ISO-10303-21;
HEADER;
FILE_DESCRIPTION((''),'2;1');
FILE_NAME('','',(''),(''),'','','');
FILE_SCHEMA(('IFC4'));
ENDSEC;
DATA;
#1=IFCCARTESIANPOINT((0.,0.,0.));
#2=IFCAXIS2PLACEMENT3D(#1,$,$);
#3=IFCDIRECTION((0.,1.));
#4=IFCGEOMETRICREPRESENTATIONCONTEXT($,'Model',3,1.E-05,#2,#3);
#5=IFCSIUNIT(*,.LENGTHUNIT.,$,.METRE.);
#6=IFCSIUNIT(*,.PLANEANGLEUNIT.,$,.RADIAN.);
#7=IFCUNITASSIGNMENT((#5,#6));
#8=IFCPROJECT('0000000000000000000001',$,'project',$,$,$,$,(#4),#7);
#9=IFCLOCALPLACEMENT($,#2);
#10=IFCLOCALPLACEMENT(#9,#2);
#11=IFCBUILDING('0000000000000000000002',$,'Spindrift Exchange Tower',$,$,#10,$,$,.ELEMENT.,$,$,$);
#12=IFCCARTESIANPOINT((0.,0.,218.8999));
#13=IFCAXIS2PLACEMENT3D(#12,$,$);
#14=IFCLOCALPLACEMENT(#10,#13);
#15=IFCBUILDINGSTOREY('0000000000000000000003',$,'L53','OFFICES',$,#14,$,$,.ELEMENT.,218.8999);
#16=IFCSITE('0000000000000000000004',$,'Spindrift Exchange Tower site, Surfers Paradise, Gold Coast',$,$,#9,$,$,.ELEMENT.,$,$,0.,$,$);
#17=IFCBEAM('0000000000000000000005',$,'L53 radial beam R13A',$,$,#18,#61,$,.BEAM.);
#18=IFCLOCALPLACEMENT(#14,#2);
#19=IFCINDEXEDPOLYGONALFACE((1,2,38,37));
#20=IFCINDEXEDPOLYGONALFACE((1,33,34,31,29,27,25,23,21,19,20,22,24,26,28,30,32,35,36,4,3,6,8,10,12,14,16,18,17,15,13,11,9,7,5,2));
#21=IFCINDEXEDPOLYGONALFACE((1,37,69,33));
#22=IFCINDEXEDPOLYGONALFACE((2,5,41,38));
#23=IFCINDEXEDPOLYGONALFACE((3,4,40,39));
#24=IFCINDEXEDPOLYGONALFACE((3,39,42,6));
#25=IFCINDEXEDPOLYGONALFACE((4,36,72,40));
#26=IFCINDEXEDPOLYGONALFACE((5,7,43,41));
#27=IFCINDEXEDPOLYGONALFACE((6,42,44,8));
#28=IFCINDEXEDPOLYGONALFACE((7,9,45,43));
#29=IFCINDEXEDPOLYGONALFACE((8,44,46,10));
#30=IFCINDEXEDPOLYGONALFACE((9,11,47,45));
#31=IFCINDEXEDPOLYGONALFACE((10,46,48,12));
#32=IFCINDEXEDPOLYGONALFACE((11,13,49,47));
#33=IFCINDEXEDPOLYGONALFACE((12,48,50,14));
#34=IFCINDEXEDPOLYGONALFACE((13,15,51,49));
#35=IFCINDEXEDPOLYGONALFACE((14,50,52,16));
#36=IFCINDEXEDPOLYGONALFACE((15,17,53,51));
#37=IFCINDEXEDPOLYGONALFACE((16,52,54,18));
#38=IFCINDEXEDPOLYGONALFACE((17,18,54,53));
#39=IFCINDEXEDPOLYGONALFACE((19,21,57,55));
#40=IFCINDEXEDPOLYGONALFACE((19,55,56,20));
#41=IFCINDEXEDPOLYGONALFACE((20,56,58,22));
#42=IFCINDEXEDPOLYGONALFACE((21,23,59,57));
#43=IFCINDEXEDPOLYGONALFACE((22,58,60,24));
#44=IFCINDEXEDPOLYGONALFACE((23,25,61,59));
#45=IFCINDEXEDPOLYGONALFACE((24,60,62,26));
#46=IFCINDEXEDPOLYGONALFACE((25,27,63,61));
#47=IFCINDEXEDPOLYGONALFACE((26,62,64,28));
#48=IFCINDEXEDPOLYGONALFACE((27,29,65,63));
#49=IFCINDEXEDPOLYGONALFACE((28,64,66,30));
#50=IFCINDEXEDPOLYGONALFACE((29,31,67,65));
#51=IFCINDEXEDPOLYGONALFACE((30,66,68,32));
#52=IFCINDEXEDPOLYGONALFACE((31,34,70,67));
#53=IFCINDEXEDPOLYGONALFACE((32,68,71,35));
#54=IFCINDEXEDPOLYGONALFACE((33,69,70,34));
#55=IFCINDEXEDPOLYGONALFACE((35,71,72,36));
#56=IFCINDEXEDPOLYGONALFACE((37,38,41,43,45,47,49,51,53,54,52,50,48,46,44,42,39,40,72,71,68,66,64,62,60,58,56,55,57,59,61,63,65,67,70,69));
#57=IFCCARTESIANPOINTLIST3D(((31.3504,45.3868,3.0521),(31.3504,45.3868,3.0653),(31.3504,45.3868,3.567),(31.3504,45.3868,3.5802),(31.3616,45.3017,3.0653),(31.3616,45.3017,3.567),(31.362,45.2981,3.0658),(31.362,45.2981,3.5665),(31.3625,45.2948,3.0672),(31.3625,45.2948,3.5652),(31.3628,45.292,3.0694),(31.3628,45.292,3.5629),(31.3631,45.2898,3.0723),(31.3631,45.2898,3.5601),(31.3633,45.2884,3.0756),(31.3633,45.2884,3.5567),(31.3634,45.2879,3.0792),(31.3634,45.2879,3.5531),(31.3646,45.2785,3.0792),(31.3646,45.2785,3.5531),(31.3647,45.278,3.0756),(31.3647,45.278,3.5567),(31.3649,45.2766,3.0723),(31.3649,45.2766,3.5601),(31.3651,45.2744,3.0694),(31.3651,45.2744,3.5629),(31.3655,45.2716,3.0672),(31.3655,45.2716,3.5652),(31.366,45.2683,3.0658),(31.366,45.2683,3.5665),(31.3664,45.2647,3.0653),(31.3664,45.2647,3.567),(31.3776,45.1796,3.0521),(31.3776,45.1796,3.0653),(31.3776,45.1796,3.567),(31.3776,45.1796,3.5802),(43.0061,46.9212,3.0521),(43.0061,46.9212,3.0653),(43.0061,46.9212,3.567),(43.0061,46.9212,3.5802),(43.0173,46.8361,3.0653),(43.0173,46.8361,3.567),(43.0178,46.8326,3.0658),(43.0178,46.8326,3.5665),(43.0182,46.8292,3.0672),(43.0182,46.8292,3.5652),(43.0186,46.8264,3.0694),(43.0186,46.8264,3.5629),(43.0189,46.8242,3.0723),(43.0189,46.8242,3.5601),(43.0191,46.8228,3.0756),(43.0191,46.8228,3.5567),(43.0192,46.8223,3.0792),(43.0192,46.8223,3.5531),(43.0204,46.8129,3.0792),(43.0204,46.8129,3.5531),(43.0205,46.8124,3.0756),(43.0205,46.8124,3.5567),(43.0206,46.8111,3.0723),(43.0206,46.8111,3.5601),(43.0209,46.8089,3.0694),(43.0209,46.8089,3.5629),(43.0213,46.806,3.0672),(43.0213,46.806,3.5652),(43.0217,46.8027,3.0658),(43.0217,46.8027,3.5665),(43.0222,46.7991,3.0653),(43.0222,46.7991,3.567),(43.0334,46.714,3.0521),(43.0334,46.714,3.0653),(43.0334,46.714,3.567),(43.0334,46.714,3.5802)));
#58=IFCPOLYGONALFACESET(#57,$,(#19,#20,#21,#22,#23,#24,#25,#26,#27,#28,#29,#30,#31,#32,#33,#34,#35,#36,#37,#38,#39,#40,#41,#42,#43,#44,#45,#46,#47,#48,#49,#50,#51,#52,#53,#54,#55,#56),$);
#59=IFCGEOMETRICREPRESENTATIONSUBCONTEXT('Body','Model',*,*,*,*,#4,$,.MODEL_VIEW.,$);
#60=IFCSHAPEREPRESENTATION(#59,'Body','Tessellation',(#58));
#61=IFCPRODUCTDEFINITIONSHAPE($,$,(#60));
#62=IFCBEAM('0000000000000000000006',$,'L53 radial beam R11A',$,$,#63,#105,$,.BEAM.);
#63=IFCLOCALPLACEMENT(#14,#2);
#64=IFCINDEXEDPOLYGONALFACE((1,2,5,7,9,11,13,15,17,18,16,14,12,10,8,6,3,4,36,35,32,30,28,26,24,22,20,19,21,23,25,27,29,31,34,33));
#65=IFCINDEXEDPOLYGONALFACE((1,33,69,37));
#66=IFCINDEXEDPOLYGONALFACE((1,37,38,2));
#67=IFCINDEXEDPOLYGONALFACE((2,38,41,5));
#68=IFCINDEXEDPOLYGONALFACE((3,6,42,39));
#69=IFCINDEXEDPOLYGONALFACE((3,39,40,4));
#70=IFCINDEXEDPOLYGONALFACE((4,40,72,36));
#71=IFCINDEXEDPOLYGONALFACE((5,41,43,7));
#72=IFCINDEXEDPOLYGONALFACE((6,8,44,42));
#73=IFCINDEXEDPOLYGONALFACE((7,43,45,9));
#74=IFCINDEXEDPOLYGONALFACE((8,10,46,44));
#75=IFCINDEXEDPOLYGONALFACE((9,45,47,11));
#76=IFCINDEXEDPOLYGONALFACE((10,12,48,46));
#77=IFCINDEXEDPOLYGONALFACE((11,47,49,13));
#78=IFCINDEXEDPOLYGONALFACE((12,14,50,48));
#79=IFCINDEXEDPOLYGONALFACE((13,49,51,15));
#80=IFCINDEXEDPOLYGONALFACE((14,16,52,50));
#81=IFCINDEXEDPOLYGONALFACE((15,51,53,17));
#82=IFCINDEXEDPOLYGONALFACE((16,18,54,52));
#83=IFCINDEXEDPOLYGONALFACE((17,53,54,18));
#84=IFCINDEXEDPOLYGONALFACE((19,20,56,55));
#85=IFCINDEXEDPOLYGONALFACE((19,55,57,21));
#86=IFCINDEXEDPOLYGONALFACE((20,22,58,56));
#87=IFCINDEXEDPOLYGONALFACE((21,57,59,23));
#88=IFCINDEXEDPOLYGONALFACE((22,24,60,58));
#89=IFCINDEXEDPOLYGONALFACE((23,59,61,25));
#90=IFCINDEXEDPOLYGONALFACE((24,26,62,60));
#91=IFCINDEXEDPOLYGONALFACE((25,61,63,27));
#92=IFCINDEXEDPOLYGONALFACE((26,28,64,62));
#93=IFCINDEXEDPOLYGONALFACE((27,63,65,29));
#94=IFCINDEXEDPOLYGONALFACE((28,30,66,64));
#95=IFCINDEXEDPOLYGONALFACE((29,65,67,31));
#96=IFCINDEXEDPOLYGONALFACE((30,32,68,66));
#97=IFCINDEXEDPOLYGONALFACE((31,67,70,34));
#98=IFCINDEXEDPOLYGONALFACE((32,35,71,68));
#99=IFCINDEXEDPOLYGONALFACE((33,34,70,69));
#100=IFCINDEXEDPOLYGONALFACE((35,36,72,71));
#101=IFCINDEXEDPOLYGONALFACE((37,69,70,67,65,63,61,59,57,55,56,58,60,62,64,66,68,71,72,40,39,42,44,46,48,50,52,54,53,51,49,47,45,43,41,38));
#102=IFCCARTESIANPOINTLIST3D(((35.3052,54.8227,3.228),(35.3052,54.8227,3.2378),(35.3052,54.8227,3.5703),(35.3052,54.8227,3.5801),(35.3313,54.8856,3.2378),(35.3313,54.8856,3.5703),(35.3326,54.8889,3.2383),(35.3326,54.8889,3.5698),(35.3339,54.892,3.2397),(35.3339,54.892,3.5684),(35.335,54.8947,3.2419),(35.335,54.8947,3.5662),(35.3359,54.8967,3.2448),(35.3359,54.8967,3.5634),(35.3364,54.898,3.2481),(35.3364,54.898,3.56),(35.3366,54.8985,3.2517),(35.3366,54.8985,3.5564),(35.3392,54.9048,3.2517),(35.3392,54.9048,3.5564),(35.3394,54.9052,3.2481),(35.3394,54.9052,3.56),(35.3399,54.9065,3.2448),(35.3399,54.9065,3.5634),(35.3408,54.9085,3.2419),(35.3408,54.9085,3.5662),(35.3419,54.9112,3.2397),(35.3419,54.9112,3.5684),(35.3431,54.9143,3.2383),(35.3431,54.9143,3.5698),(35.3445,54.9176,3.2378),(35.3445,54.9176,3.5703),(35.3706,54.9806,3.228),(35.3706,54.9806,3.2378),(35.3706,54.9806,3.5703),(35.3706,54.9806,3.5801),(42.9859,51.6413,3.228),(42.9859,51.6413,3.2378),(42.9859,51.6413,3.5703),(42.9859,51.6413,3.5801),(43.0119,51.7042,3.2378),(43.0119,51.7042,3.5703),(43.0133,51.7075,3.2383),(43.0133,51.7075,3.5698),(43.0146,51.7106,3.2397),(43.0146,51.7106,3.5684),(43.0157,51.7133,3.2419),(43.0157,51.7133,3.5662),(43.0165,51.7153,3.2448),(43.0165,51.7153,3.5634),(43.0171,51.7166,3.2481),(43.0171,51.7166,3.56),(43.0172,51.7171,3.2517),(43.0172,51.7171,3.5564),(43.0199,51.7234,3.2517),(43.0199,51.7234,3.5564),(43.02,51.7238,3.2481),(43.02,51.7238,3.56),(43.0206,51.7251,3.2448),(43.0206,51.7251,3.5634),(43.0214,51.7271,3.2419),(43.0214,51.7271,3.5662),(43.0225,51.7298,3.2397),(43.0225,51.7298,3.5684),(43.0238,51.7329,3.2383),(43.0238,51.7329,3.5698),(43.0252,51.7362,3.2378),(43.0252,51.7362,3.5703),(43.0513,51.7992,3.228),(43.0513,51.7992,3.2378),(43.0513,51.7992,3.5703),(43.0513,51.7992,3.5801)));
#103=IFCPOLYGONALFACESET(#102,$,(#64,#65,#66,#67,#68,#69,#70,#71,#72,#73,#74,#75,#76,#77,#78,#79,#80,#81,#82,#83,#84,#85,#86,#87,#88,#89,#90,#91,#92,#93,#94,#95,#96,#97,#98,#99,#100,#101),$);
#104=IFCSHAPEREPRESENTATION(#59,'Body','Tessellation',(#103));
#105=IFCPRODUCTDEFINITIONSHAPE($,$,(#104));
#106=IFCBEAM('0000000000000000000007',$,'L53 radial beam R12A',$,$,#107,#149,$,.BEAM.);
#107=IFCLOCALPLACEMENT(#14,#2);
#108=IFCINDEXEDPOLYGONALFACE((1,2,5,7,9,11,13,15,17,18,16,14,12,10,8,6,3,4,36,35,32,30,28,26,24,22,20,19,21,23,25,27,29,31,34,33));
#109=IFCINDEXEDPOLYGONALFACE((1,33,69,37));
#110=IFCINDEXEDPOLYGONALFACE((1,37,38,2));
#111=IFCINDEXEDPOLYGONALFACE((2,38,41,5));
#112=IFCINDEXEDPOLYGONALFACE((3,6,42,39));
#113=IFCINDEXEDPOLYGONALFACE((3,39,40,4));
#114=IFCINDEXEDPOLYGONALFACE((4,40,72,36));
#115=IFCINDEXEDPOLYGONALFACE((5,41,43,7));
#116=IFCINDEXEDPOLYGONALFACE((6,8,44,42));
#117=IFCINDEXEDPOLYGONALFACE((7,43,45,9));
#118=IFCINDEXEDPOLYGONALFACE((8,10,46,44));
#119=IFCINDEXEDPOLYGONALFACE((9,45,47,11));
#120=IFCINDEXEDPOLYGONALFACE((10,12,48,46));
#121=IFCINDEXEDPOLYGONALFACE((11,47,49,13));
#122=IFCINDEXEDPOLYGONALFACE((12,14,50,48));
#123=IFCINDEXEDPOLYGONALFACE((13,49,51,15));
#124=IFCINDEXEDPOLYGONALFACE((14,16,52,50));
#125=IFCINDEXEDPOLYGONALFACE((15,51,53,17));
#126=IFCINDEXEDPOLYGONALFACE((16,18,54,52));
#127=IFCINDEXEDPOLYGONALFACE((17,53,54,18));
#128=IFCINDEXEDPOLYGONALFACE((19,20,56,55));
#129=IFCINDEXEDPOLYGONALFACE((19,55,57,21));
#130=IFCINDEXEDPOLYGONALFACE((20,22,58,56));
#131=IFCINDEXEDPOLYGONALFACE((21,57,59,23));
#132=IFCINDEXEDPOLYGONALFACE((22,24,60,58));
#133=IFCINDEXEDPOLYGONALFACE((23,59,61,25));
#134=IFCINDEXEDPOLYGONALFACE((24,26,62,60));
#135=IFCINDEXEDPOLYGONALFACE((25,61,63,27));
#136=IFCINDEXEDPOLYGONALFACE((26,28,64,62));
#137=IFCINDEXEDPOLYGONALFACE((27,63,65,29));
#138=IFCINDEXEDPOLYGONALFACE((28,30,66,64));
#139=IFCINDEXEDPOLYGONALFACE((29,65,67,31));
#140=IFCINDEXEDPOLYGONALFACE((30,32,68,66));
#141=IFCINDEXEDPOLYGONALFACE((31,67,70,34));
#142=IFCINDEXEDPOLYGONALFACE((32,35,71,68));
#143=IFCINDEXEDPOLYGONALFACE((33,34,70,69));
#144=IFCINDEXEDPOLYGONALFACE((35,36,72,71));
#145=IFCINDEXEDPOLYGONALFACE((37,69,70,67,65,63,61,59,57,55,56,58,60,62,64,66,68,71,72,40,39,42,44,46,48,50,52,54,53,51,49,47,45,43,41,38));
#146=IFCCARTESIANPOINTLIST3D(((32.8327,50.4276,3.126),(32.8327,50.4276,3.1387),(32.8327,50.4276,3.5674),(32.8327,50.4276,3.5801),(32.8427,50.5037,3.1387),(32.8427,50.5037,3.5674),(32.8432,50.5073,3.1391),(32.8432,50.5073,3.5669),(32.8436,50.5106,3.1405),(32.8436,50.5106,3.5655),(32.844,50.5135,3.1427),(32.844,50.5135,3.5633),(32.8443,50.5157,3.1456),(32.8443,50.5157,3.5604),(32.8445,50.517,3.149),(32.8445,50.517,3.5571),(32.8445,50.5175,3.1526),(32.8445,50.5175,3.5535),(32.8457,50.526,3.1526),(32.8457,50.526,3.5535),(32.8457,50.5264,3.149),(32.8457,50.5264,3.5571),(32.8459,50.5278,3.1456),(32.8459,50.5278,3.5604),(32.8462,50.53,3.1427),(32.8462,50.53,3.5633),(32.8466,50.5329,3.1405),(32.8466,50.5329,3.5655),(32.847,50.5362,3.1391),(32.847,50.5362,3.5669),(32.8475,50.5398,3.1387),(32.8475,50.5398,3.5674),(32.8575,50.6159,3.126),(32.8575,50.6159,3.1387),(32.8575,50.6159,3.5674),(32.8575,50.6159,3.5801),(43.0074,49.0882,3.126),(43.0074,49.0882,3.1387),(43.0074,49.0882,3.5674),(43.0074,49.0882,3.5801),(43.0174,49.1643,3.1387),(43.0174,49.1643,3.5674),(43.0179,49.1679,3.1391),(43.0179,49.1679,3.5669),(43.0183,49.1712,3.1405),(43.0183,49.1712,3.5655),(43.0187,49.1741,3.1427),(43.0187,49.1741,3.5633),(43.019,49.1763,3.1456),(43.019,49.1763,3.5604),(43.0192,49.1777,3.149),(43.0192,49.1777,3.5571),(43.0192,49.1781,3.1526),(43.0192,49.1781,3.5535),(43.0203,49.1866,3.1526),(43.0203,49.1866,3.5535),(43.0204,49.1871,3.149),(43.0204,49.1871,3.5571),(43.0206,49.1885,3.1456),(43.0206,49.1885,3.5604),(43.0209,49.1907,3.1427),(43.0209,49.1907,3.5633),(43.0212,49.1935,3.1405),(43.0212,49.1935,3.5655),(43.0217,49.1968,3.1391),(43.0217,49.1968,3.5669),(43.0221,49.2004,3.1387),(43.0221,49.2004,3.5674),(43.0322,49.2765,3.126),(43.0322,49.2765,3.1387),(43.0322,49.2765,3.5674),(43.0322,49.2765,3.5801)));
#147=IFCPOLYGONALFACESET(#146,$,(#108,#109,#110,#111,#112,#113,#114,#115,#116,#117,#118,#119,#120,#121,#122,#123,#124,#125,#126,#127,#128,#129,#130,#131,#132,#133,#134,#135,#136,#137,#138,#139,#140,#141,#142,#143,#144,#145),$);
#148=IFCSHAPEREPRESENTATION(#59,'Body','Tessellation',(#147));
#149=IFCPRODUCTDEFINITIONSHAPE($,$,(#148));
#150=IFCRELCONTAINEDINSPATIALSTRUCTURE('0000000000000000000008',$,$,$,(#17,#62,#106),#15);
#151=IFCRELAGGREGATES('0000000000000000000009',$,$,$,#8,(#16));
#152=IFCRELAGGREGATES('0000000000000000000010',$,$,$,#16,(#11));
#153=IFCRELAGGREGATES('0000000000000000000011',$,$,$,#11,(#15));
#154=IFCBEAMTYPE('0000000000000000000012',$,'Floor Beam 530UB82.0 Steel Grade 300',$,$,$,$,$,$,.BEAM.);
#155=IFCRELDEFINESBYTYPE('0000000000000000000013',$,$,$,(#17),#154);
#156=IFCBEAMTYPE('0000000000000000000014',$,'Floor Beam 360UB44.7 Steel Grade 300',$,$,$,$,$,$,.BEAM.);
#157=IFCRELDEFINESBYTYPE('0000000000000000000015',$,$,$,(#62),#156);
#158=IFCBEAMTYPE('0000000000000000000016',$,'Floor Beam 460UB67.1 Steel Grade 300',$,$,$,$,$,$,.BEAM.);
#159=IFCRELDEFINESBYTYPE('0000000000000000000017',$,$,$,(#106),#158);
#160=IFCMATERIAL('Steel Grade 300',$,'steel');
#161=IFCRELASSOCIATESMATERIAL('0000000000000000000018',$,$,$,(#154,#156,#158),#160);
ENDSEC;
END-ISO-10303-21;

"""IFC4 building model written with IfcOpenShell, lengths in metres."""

from ifc_helpers import new_model, si_unit, direction, frame, origin, origin_2d, place, context, subcontext, project, spatial, i_section, extrude, source, transform, mapped, material, material_profile, profile_set, type_object, element, save


model = new_model("IFC4")

# Units and contexts
model_context = context("Model", 3, precision=1e-05, world=origin(), true_north=direction((0.0, 1.0)))
body_context = subcontext(model_context, "Body", "Model", "MODEL_VIEW")
ifc_project = project(units=[si_unit("LENGTHUNIT", "METRE"), si_unit("PLANEANGLEUNIT", "RADIAN")], contexts=[model_context])

# Site, building, storey
site_placement = place(None, origin())
site = spatial("IfcSite", under=ifc_project, at=site_placement, Name="Spindrift Exchange Tower site, Surfers Paradise, Gold Coast", CompositionType="ELEMENT", RefElevation=0.0)
building_placement = place(site_placement, origin())
building = spatial("IfcBuilding", under=site, at=building_placement, Name="Spindrift Exchange Tower", CompositionType="ELEMENT")
storey_placement = place(building_placement, frame((0.0, 0.0, 218.8999)))
storey = spatial("IfcBuildingStorey", under=building, at=storey_placement, Name="L53", Description="OFFICES", CompositionType="ELEMENT", Elevation=218.8999)

# Beams
ifc_material_1 = material(Name="Steel Grade 300", Category="steel")
ifc_material_profile_1 = material_profile(ifc_material_1, i_section(OverallWidth=0.209, OverallDepth=0.5281, WebThickness=0.0095, FlangeThickness=0.0132, FilletRadius=0.0139, at=origin_2d()), Name="530UB82.0")
ifc_profile_set_1 = profile_set([ifc_material_profile_1], Name="Steel Grade 300")
beam_type_1 = type_object("IfcBeamType", Name="Floor Beam 530UB82.0 Steel Grade 300", PredefinedType="BEAM", material=ifc_profile_set_1)
shared_shape_1 = source(origin(), body_context, "Body", "SweptSolid", [
    extrude(i_section(OverallWidth=0.209, OverallDepth=0.5281, WebThickness=0.0095, FlangeThickness=0.0132, FilletRadius=0.0139, at=origin_2d()), origin(), (0.0, 0.0, 1.0), 11.7563),
])
beam_1_placement = place(storey_placement, frame((43.0198, 46.8176, 3.3162), z_axis=(-0.991446, -0.130519, 0.0), x_axis=(0.130519, -0.991446, 0.0)))
element("IfcBeam", 1, at=beam_1_placement, inside=storey, type_object=beam_type_1, Name="L53 radial beam R13A", PredefinedType="BEAM", context=body_context, shape_type="MappedRepresentation", body=[
    mapped(shared_shape_1, transform((0.0, 0.0, 0.0), scale=1.0)),
])
ifc_material_profile_2 = material_profile(ifc_material_1, i_section(OverallWidth=0.1709, OverallDepth=0.3521, WebThickness=0.0068, FlangeThickness=0.0098, FilletRadius=0.0139, at=origin_2d()), Name="360UB44.7")
ifc_profile_set_2 = profile_set([ifc_material_profile_2], Name="Steel Grade 300")
beam_type_2 = type_object("IfcBeamType", Name="Floor Beam 360UB44.7 Steel Grade 300", PredefinedType="BEAM", material=ifc_profile_set_2)
shared_shape_2 = source(origin(), body_context, "Body", "SweptSolid", [
    extrude(i_section(OverallWidth=0.1709, OverallDepth=0.3521, WebThickness=0.0068, FlangeThickness=0.0098, FilletRadius=0.0139, at=origin_2d()), origin(), (0.0, 0.0, 1.0), 8.3135),
])
beam_2_placement = place(storey_placement, frame((43.0186, 51.7202, 3.4041), z_axis=(-0.923881, 0.382679, 0.0), x_axis=(-0.382679, -0.923881, 0.0)))
element("IfcBeam", 2, at=beam_2_placement, inside=storey, type_object=beam_type_2, Name="L53 radial beam R11A", PredefinedType="BEAM", context=body_context, shape_type="MappedRepresentation", body=[
    mapped(shared_shape_2, transform((0.0, 0.0, 0.0), scale=1.0)),
])
ifc_material_profile_3 = material_profile(ifc_material_1, i_section(OverallWidth=0.1899, OverallDepth=0.4541, WebThickness=0.0085, FlangeThickness=0.0127, FilletRadius=0.0139, at=origin_2d()), Name="460UB67.1")
ifc_profile_set_3 = profile_set([ifc_material_profile_3], Name="Steel Grade 300")
beam_type_3 = type_object("IfcBeamType", Name="Floor Beam 460UB67.1 Steel Grade 300", PredefinedType="BEAM", material=ifc_profile_set_3)
shared_shape_3 = source(origin(), body_context, "Body", "SweptSolid", [
    extrude(i_section(OverallWidth=0.1899, OverallDepth=0.4541, WebThickness=0.0085, FlangeThickness=0.0127, FilletRadius=0.0139, at=origin_2d()), origin(), (0.0, 0.0, 1.0), 10.2625),
])
beam_3_placement = place(storey_placement, frame((43.0198, 49.1824, 3.353), z_axis=(-0.991447, 0.130512, 0.0), x_axis=(-0.130512, -0.991447, 0.0)))
element("IfcBeam", 3, at=beam_3_placement, inside=storey, type_object=beam_type_3, Name="L53 radial beam R12A", PredefinedType="BEAM", context=body_context, shape_type="MappedRepresentation", body=[
    mapped(shared_shape_3, transform((0.0, 0.0, 0.0), scale=1.0)),
])

save(model, "model.ifc")
